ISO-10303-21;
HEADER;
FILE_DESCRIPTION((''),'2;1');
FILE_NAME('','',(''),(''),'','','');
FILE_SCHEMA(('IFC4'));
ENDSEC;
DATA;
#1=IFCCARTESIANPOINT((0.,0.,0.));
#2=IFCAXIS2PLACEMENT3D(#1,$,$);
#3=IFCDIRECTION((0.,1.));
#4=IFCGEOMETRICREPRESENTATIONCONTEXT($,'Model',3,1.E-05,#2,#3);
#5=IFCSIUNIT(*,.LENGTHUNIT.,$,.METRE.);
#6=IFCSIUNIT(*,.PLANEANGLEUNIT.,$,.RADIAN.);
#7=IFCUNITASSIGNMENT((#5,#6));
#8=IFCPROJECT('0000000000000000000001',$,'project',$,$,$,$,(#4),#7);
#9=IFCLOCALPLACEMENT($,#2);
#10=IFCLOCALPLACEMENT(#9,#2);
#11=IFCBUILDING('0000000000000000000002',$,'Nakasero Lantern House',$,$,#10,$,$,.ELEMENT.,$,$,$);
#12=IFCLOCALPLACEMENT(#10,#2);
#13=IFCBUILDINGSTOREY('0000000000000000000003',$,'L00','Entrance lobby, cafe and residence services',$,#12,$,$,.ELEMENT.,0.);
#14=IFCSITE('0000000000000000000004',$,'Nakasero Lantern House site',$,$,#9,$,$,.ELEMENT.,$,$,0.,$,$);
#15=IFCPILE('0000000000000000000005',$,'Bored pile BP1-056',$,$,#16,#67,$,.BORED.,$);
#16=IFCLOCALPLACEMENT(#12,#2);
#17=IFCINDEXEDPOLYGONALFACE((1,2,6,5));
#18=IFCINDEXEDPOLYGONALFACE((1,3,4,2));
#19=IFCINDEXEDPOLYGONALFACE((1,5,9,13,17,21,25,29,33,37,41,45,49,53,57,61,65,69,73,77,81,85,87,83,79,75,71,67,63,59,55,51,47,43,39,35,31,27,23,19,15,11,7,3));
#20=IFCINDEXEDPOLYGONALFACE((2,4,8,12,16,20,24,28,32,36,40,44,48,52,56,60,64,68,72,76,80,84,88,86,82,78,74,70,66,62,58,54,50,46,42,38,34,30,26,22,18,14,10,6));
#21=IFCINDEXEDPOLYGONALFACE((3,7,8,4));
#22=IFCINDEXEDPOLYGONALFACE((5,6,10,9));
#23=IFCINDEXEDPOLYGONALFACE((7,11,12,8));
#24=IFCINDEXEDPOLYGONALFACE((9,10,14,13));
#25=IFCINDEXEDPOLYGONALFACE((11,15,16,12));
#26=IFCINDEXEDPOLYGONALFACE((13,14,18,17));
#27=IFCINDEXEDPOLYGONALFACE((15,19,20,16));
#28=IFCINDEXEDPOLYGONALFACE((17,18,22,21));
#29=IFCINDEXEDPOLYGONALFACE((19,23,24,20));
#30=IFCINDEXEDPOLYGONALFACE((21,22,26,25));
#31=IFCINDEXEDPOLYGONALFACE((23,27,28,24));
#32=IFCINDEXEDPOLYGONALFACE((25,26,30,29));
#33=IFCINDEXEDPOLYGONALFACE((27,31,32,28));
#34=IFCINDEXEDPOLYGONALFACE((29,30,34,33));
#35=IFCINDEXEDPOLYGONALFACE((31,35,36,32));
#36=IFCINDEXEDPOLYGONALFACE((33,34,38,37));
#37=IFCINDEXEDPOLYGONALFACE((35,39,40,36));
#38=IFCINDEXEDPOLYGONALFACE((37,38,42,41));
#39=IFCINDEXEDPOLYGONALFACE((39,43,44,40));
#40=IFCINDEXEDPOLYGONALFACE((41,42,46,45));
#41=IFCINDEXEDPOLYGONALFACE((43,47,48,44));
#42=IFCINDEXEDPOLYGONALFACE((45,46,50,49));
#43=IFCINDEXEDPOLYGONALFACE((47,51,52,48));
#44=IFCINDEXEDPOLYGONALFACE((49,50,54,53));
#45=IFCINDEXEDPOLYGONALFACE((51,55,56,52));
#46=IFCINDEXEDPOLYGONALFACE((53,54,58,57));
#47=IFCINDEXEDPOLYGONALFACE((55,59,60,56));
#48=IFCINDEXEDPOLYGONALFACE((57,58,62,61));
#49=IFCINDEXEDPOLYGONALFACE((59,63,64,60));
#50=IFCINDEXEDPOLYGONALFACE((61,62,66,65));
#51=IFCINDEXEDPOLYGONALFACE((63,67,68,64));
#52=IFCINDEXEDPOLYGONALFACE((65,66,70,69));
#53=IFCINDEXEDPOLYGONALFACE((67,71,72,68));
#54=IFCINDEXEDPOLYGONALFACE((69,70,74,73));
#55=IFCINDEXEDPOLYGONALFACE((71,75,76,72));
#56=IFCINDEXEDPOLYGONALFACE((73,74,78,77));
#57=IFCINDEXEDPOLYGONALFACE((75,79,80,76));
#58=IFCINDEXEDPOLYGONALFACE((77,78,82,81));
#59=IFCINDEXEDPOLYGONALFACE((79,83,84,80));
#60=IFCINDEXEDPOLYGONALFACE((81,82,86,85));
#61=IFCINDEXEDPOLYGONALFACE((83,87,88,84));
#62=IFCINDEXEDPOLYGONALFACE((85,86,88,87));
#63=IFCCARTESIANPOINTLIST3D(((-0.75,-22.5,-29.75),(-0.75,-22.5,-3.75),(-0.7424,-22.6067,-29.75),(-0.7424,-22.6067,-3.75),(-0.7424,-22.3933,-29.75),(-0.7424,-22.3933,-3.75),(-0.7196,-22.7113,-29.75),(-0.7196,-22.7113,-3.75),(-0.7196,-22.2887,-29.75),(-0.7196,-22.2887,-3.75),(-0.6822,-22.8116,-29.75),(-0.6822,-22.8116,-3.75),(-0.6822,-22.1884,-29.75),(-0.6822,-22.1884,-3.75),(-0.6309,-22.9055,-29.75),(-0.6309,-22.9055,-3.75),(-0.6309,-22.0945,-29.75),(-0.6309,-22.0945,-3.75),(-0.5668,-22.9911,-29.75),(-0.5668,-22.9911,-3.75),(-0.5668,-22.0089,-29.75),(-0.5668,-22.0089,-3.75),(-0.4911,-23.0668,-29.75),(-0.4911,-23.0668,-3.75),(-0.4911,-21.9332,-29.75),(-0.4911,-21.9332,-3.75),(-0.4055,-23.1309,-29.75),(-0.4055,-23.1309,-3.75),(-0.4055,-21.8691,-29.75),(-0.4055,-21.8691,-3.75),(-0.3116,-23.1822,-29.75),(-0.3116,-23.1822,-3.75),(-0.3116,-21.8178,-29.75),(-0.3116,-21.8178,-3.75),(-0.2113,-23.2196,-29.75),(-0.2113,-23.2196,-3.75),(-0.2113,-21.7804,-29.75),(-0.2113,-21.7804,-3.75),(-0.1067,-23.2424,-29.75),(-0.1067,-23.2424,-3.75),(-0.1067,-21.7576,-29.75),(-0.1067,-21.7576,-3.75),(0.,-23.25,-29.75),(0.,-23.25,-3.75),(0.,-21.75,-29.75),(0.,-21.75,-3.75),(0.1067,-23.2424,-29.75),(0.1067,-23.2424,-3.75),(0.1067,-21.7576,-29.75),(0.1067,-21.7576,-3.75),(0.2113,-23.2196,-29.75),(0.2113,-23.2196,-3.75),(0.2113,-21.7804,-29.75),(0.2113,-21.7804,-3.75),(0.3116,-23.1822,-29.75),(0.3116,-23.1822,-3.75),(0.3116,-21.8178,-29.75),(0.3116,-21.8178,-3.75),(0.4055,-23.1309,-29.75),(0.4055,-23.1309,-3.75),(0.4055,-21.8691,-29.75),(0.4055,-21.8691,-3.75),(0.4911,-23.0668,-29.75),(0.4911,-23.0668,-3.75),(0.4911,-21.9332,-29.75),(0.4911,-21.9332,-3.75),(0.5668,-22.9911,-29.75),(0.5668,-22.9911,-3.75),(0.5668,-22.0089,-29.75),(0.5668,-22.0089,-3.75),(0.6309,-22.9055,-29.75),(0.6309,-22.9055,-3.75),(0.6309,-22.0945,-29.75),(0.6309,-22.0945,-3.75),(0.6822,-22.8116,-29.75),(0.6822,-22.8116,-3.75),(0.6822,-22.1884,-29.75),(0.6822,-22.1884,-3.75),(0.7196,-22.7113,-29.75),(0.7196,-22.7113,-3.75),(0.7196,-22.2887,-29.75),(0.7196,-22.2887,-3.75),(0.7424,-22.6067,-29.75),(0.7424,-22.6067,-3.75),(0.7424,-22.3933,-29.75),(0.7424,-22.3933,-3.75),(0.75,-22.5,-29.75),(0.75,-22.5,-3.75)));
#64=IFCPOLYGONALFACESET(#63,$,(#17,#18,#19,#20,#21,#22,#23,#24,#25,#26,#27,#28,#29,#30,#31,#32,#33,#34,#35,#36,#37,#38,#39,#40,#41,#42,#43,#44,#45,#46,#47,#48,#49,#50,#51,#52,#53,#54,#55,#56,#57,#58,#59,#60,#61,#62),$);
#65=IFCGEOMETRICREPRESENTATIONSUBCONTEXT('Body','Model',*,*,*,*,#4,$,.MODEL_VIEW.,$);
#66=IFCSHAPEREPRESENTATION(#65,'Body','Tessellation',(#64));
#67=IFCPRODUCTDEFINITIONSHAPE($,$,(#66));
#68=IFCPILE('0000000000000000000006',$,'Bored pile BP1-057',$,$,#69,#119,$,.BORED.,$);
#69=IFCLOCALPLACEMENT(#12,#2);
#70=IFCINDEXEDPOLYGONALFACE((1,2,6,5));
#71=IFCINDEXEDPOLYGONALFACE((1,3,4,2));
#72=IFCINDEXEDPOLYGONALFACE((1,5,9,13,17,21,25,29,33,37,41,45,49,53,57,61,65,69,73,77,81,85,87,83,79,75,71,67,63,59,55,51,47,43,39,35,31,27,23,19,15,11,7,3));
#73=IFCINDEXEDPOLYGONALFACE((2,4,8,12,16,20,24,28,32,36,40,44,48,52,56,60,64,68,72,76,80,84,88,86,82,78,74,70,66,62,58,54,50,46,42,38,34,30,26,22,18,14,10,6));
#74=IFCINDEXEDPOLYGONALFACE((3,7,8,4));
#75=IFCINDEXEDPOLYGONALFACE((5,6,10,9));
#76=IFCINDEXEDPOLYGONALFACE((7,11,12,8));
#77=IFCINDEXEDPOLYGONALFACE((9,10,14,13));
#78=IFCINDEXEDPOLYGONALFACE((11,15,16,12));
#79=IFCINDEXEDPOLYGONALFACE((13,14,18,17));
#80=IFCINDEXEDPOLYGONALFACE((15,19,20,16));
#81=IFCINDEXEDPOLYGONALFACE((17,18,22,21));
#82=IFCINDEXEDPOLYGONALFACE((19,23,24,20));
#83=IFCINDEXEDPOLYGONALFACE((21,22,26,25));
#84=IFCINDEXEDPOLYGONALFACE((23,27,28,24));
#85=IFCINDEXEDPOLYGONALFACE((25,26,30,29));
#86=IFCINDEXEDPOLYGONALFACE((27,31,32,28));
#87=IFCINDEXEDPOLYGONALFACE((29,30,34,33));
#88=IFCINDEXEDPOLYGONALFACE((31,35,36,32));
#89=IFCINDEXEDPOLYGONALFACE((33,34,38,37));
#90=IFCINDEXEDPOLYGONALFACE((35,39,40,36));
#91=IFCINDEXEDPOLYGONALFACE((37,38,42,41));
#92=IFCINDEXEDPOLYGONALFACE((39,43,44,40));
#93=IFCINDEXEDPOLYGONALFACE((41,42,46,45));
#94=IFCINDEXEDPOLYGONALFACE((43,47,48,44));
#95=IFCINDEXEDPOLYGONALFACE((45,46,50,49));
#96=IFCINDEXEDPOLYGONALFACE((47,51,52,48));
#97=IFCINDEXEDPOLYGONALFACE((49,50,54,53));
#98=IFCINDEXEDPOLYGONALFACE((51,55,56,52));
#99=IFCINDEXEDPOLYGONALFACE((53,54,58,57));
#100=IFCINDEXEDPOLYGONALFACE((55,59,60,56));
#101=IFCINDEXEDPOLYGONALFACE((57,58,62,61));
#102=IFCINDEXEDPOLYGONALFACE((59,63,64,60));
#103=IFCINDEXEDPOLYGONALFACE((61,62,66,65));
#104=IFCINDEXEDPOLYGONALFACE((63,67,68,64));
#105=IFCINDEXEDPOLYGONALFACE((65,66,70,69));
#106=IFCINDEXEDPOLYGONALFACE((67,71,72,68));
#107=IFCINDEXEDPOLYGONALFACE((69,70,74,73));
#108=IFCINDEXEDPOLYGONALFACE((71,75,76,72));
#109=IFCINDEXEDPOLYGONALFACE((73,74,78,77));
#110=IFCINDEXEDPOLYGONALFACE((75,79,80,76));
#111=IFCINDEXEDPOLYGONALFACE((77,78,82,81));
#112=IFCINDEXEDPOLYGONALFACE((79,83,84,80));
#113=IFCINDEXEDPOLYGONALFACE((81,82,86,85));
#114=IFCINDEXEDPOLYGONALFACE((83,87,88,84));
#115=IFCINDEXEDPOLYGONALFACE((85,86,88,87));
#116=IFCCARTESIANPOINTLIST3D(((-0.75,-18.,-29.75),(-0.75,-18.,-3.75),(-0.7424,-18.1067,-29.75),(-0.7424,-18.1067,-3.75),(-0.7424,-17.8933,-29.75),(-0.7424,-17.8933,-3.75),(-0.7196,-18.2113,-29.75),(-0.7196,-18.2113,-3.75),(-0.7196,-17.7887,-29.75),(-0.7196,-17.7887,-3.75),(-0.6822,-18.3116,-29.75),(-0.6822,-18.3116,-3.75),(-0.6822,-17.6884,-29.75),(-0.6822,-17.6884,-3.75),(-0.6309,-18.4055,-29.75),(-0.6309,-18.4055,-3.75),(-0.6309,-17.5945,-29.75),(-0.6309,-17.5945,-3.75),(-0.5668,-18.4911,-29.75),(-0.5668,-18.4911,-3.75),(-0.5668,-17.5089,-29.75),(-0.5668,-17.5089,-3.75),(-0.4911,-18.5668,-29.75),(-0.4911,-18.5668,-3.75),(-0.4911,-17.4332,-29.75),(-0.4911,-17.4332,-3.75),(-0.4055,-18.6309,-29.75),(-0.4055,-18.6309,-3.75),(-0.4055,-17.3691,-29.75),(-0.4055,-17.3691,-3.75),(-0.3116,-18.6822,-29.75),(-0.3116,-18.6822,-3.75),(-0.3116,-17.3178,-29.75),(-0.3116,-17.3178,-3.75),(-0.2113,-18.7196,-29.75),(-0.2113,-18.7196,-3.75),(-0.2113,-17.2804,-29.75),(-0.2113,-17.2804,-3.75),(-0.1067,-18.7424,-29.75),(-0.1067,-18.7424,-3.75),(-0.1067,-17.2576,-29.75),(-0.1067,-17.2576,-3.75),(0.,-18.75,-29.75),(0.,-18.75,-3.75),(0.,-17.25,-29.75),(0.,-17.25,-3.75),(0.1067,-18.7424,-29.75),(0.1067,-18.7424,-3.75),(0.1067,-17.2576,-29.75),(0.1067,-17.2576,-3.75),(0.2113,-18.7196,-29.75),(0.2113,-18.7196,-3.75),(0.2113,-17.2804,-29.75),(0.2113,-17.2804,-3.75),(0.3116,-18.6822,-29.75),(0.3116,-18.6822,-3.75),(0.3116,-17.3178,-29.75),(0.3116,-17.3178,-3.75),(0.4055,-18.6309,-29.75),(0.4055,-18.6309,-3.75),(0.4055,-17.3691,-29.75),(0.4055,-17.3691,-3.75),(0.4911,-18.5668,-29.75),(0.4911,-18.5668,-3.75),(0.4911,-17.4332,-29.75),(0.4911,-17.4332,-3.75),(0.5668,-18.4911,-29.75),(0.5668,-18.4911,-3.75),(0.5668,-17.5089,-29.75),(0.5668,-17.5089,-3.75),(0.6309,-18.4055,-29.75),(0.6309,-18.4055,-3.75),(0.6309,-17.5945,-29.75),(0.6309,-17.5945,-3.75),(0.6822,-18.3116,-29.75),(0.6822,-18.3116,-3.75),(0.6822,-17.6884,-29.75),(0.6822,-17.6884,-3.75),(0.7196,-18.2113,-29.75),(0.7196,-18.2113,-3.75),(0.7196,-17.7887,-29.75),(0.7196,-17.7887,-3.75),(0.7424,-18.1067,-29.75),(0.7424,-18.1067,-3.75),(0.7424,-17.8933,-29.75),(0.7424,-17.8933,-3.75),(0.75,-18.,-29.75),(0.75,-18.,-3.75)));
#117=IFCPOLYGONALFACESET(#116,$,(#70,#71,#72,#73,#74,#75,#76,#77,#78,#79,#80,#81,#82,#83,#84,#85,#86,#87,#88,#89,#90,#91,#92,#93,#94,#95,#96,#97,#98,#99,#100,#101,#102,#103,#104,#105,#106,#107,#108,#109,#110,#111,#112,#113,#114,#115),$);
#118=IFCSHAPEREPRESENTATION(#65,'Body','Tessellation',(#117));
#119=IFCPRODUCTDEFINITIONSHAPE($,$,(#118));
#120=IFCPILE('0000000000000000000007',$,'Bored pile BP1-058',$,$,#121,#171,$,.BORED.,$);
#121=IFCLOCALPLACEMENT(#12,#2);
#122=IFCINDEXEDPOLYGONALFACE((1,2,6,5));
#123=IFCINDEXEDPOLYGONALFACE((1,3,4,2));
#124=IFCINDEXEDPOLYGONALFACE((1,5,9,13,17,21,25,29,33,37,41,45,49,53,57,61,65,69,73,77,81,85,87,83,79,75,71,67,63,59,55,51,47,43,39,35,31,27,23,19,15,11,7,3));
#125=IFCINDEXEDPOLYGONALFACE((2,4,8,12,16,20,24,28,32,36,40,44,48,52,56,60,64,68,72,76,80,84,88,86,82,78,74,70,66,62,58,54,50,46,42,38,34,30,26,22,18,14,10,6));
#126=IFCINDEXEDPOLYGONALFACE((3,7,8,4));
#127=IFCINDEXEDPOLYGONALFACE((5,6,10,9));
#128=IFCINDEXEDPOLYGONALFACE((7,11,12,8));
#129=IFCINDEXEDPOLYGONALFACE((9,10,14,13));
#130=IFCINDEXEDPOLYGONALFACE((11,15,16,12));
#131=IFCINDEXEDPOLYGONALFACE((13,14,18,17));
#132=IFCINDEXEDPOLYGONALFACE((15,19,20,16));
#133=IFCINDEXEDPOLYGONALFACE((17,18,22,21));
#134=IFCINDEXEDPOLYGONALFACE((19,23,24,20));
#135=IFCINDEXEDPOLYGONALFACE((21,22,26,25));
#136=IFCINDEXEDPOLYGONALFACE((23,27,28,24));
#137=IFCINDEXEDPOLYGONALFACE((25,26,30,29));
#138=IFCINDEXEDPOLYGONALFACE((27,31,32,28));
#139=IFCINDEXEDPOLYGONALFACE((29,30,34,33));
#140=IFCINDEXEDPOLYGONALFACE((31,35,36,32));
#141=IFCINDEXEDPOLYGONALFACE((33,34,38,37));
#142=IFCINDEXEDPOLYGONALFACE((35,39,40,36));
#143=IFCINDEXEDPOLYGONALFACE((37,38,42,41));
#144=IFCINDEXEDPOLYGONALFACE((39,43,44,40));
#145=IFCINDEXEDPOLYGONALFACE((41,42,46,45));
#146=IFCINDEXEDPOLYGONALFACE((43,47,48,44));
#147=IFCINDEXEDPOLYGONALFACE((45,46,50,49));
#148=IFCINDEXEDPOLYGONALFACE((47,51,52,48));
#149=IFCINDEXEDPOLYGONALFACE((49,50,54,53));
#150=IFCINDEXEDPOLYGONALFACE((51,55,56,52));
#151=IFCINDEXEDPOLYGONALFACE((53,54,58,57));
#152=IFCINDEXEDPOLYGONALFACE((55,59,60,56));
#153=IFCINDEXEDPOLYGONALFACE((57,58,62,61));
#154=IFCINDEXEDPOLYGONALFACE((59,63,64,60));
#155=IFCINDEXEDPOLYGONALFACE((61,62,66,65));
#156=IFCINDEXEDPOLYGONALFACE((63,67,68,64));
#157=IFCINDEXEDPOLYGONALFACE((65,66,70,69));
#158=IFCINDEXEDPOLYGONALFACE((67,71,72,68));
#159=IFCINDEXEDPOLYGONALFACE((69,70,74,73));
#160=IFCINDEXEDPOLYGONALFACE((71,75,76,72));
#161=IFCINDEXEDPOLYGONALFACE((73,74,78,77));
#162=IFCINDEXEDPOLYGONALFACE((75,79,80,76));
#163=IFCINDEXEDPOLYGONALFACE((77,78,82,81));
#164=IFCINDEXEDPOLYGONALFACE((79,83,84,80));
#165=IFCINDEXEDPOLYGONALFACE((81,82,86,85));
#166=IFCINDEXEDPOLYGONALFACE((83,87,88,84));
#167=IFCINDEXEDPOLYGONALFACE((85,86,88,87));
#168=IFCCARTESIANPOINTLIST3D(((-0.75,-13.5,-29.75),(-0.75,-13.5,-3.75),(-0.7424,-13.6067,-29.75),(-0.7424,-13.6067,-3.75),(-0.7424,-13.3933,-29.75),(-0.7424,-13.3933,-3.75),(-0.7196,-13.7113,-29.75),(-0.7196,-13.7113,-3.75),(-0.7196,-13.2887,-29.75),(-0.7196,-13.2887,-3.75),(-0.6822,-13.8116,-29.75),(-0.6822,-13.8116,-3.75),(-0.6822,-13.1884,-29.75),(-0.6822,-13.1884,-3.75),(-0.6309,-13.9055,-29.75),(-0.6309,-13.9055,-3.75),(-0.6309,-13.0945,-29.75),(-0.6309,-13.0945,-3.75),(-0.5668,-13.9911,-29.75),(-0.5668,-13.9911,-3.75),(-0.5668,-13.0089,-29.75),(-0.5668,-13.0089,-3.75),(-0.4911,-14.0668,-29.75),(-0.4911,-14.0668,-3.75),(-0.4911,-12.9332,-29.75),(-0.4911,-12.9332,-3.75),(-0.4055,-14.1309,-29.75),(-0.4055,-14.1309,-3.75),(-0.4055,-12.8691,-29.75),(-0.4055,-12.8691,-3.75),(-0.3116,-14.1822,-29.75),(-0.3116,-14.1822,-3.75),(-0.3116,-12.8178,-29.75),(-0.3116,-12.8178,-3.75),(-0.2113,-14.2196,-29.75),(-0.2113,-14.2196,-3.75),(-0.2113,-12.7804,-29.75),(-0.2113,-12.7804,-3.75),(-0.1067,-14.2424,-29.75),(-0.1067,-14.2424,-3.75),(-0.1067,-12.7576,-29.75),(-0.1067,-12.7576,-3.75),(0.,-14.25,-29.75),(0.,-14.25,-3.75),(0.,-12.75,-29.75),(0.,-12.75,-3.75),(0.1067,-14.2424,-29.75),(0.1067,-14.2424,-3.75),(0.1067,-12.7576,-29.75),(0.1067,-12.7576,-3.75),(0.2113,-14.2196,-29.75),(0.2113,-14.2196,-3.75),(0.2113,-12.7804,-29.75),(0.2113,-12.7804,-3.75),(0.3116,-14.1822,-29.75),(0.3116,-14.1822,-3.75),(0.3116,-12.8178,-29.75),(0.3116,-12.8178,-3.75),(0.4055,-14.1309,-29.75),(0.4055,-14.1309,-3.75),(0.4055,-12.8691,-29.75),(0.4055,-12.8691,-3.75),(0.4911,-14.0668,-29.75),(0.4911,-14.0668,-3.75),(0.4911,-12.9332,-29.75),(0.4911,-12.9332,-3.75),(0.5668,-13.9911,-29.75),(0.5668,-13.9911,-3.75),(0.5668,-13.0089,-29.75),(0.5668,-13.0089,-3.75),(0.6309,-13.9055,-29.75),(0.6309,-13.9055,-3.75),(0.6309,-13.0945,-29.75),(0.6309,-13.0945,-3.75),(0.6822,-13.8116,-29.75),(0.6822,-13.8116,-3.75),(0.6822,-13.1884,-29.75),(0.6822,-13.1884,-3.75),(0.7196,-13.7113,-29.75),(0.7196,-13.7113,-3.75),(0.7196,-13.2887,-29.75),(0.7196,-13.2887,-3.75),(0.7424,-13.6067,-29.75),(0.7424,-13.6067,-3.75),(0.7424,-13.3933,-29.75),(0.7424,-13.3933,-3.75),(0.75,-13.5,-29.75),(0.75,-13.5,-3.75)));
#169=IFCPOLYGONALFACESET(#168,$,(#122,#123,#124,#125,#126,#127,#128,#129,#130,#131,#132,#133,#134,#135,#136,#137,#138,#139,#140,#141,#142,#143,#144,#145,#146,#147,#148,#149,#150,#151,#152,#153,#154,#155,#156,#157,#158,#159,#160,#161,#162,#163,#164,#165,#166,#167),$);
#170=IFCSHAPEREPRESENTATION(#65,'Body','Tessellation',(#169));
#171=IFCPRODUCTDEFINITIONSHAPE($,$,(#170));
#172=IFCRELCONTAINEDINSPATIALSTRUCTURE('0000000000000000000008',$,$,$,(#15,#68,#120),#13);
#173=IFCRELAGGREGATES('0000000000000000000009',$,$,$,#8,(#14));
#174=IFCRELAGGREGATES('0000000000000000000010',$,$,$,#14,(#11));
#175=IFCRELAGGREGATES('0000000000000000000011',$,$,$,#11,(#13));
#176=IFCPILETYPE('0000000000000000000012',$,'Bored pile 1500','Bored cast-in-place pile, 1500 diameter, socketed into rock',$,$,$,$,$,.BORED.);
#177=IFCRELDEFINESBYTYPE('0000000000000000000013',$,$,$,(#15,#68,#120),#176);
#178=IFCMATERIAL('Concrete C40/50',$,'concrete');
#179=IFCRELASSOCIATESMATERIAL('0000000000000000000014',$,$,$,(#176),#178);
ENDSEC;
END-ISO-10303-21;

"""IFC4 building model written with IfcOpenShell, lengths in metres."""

from ifc_helpers import new_model, si_unit, direction, frame, origin, origin_2d, place, context, subcontext, project, spatial, circle, extrude, material, type_object, element, save


model = new_model("IFC4")

# Units and contexts
model_context = context("Model", 3, precision=1e-05, world=origin(), true_north=direction((0.0, 1.0)))
body_context = subcontext(model_context, "Body", "Model", "MODEL_VIEW")
ifc_project = project(units=[si_unit("LENGTHUNIT", "METRE"), si_unit("PLANEANGLEUNIT", "RADIAN")], contexts=[model_context])

# Site, building, storey
site_placement = place(None, origin())
site = spatial("IfcSite", under=ifc_project, at=site_placement, Name="Nakasero Lantern House site", CompositionType="ELEMENT", RefElevation=0.0)
building_placement = place(site_placement, origin())
building = spatial("IfcBuilding", under=site, at=building_placement, Name="Nakasero Lantern House", CompositionType="ELEMENT")
storey_placement = place(building_placement, origin())
storey = spatial("IfcBuildingStorey", under=building, at=storey_placement, Name="L00", Description="Entrance lobby, cafe and residence services", CompositionType="ELEMENT", Elevation=0.0)

# Piles
ifc_material_1 = material(Name="Concrete C40/50", Category="concrete")
pile_type = type_object("IfcPileType", Name="Bored pile 1500", Description="Bored cast-in-place pile, 1500 diameter, socketed into rock", PredefinedType="BORED", material=ifc_material_1)
for number, where, z_axis, x_axis, name in (
    (1, (0.0, -22.5, -3.75), (0.0, 0.0, -1.0), (1.0, 0.0, 0.0), "Bored pile BP1-056"),
    (2, (0.0, -18.0, -3.75), (0.0, 0.0, -1.0), (1.0, 0.0, 0.0), "Bored pile BP1-057"),
    (3, (0.0, -13.5, -3.75), (0.0, 0.0, -1.0), (1.0, 0.0, 0.0), "Bored pile BP1-058"),
):
    element("IfcPile", number, at=place(storey_placement, frame(where, z_axis=z_axis, x_axis=x_axis)), inside=storey, type_object=pile_type, Name=name, PredefinedType="BORED", context=body_context, shape_type="SweptSolid", body=[
        extrude(circle(Radius=0.75, at=origin_2d()), origin(), (0.0, 0.0, 1.0), 26.0),
    ])

save(model, "model.ifc")
